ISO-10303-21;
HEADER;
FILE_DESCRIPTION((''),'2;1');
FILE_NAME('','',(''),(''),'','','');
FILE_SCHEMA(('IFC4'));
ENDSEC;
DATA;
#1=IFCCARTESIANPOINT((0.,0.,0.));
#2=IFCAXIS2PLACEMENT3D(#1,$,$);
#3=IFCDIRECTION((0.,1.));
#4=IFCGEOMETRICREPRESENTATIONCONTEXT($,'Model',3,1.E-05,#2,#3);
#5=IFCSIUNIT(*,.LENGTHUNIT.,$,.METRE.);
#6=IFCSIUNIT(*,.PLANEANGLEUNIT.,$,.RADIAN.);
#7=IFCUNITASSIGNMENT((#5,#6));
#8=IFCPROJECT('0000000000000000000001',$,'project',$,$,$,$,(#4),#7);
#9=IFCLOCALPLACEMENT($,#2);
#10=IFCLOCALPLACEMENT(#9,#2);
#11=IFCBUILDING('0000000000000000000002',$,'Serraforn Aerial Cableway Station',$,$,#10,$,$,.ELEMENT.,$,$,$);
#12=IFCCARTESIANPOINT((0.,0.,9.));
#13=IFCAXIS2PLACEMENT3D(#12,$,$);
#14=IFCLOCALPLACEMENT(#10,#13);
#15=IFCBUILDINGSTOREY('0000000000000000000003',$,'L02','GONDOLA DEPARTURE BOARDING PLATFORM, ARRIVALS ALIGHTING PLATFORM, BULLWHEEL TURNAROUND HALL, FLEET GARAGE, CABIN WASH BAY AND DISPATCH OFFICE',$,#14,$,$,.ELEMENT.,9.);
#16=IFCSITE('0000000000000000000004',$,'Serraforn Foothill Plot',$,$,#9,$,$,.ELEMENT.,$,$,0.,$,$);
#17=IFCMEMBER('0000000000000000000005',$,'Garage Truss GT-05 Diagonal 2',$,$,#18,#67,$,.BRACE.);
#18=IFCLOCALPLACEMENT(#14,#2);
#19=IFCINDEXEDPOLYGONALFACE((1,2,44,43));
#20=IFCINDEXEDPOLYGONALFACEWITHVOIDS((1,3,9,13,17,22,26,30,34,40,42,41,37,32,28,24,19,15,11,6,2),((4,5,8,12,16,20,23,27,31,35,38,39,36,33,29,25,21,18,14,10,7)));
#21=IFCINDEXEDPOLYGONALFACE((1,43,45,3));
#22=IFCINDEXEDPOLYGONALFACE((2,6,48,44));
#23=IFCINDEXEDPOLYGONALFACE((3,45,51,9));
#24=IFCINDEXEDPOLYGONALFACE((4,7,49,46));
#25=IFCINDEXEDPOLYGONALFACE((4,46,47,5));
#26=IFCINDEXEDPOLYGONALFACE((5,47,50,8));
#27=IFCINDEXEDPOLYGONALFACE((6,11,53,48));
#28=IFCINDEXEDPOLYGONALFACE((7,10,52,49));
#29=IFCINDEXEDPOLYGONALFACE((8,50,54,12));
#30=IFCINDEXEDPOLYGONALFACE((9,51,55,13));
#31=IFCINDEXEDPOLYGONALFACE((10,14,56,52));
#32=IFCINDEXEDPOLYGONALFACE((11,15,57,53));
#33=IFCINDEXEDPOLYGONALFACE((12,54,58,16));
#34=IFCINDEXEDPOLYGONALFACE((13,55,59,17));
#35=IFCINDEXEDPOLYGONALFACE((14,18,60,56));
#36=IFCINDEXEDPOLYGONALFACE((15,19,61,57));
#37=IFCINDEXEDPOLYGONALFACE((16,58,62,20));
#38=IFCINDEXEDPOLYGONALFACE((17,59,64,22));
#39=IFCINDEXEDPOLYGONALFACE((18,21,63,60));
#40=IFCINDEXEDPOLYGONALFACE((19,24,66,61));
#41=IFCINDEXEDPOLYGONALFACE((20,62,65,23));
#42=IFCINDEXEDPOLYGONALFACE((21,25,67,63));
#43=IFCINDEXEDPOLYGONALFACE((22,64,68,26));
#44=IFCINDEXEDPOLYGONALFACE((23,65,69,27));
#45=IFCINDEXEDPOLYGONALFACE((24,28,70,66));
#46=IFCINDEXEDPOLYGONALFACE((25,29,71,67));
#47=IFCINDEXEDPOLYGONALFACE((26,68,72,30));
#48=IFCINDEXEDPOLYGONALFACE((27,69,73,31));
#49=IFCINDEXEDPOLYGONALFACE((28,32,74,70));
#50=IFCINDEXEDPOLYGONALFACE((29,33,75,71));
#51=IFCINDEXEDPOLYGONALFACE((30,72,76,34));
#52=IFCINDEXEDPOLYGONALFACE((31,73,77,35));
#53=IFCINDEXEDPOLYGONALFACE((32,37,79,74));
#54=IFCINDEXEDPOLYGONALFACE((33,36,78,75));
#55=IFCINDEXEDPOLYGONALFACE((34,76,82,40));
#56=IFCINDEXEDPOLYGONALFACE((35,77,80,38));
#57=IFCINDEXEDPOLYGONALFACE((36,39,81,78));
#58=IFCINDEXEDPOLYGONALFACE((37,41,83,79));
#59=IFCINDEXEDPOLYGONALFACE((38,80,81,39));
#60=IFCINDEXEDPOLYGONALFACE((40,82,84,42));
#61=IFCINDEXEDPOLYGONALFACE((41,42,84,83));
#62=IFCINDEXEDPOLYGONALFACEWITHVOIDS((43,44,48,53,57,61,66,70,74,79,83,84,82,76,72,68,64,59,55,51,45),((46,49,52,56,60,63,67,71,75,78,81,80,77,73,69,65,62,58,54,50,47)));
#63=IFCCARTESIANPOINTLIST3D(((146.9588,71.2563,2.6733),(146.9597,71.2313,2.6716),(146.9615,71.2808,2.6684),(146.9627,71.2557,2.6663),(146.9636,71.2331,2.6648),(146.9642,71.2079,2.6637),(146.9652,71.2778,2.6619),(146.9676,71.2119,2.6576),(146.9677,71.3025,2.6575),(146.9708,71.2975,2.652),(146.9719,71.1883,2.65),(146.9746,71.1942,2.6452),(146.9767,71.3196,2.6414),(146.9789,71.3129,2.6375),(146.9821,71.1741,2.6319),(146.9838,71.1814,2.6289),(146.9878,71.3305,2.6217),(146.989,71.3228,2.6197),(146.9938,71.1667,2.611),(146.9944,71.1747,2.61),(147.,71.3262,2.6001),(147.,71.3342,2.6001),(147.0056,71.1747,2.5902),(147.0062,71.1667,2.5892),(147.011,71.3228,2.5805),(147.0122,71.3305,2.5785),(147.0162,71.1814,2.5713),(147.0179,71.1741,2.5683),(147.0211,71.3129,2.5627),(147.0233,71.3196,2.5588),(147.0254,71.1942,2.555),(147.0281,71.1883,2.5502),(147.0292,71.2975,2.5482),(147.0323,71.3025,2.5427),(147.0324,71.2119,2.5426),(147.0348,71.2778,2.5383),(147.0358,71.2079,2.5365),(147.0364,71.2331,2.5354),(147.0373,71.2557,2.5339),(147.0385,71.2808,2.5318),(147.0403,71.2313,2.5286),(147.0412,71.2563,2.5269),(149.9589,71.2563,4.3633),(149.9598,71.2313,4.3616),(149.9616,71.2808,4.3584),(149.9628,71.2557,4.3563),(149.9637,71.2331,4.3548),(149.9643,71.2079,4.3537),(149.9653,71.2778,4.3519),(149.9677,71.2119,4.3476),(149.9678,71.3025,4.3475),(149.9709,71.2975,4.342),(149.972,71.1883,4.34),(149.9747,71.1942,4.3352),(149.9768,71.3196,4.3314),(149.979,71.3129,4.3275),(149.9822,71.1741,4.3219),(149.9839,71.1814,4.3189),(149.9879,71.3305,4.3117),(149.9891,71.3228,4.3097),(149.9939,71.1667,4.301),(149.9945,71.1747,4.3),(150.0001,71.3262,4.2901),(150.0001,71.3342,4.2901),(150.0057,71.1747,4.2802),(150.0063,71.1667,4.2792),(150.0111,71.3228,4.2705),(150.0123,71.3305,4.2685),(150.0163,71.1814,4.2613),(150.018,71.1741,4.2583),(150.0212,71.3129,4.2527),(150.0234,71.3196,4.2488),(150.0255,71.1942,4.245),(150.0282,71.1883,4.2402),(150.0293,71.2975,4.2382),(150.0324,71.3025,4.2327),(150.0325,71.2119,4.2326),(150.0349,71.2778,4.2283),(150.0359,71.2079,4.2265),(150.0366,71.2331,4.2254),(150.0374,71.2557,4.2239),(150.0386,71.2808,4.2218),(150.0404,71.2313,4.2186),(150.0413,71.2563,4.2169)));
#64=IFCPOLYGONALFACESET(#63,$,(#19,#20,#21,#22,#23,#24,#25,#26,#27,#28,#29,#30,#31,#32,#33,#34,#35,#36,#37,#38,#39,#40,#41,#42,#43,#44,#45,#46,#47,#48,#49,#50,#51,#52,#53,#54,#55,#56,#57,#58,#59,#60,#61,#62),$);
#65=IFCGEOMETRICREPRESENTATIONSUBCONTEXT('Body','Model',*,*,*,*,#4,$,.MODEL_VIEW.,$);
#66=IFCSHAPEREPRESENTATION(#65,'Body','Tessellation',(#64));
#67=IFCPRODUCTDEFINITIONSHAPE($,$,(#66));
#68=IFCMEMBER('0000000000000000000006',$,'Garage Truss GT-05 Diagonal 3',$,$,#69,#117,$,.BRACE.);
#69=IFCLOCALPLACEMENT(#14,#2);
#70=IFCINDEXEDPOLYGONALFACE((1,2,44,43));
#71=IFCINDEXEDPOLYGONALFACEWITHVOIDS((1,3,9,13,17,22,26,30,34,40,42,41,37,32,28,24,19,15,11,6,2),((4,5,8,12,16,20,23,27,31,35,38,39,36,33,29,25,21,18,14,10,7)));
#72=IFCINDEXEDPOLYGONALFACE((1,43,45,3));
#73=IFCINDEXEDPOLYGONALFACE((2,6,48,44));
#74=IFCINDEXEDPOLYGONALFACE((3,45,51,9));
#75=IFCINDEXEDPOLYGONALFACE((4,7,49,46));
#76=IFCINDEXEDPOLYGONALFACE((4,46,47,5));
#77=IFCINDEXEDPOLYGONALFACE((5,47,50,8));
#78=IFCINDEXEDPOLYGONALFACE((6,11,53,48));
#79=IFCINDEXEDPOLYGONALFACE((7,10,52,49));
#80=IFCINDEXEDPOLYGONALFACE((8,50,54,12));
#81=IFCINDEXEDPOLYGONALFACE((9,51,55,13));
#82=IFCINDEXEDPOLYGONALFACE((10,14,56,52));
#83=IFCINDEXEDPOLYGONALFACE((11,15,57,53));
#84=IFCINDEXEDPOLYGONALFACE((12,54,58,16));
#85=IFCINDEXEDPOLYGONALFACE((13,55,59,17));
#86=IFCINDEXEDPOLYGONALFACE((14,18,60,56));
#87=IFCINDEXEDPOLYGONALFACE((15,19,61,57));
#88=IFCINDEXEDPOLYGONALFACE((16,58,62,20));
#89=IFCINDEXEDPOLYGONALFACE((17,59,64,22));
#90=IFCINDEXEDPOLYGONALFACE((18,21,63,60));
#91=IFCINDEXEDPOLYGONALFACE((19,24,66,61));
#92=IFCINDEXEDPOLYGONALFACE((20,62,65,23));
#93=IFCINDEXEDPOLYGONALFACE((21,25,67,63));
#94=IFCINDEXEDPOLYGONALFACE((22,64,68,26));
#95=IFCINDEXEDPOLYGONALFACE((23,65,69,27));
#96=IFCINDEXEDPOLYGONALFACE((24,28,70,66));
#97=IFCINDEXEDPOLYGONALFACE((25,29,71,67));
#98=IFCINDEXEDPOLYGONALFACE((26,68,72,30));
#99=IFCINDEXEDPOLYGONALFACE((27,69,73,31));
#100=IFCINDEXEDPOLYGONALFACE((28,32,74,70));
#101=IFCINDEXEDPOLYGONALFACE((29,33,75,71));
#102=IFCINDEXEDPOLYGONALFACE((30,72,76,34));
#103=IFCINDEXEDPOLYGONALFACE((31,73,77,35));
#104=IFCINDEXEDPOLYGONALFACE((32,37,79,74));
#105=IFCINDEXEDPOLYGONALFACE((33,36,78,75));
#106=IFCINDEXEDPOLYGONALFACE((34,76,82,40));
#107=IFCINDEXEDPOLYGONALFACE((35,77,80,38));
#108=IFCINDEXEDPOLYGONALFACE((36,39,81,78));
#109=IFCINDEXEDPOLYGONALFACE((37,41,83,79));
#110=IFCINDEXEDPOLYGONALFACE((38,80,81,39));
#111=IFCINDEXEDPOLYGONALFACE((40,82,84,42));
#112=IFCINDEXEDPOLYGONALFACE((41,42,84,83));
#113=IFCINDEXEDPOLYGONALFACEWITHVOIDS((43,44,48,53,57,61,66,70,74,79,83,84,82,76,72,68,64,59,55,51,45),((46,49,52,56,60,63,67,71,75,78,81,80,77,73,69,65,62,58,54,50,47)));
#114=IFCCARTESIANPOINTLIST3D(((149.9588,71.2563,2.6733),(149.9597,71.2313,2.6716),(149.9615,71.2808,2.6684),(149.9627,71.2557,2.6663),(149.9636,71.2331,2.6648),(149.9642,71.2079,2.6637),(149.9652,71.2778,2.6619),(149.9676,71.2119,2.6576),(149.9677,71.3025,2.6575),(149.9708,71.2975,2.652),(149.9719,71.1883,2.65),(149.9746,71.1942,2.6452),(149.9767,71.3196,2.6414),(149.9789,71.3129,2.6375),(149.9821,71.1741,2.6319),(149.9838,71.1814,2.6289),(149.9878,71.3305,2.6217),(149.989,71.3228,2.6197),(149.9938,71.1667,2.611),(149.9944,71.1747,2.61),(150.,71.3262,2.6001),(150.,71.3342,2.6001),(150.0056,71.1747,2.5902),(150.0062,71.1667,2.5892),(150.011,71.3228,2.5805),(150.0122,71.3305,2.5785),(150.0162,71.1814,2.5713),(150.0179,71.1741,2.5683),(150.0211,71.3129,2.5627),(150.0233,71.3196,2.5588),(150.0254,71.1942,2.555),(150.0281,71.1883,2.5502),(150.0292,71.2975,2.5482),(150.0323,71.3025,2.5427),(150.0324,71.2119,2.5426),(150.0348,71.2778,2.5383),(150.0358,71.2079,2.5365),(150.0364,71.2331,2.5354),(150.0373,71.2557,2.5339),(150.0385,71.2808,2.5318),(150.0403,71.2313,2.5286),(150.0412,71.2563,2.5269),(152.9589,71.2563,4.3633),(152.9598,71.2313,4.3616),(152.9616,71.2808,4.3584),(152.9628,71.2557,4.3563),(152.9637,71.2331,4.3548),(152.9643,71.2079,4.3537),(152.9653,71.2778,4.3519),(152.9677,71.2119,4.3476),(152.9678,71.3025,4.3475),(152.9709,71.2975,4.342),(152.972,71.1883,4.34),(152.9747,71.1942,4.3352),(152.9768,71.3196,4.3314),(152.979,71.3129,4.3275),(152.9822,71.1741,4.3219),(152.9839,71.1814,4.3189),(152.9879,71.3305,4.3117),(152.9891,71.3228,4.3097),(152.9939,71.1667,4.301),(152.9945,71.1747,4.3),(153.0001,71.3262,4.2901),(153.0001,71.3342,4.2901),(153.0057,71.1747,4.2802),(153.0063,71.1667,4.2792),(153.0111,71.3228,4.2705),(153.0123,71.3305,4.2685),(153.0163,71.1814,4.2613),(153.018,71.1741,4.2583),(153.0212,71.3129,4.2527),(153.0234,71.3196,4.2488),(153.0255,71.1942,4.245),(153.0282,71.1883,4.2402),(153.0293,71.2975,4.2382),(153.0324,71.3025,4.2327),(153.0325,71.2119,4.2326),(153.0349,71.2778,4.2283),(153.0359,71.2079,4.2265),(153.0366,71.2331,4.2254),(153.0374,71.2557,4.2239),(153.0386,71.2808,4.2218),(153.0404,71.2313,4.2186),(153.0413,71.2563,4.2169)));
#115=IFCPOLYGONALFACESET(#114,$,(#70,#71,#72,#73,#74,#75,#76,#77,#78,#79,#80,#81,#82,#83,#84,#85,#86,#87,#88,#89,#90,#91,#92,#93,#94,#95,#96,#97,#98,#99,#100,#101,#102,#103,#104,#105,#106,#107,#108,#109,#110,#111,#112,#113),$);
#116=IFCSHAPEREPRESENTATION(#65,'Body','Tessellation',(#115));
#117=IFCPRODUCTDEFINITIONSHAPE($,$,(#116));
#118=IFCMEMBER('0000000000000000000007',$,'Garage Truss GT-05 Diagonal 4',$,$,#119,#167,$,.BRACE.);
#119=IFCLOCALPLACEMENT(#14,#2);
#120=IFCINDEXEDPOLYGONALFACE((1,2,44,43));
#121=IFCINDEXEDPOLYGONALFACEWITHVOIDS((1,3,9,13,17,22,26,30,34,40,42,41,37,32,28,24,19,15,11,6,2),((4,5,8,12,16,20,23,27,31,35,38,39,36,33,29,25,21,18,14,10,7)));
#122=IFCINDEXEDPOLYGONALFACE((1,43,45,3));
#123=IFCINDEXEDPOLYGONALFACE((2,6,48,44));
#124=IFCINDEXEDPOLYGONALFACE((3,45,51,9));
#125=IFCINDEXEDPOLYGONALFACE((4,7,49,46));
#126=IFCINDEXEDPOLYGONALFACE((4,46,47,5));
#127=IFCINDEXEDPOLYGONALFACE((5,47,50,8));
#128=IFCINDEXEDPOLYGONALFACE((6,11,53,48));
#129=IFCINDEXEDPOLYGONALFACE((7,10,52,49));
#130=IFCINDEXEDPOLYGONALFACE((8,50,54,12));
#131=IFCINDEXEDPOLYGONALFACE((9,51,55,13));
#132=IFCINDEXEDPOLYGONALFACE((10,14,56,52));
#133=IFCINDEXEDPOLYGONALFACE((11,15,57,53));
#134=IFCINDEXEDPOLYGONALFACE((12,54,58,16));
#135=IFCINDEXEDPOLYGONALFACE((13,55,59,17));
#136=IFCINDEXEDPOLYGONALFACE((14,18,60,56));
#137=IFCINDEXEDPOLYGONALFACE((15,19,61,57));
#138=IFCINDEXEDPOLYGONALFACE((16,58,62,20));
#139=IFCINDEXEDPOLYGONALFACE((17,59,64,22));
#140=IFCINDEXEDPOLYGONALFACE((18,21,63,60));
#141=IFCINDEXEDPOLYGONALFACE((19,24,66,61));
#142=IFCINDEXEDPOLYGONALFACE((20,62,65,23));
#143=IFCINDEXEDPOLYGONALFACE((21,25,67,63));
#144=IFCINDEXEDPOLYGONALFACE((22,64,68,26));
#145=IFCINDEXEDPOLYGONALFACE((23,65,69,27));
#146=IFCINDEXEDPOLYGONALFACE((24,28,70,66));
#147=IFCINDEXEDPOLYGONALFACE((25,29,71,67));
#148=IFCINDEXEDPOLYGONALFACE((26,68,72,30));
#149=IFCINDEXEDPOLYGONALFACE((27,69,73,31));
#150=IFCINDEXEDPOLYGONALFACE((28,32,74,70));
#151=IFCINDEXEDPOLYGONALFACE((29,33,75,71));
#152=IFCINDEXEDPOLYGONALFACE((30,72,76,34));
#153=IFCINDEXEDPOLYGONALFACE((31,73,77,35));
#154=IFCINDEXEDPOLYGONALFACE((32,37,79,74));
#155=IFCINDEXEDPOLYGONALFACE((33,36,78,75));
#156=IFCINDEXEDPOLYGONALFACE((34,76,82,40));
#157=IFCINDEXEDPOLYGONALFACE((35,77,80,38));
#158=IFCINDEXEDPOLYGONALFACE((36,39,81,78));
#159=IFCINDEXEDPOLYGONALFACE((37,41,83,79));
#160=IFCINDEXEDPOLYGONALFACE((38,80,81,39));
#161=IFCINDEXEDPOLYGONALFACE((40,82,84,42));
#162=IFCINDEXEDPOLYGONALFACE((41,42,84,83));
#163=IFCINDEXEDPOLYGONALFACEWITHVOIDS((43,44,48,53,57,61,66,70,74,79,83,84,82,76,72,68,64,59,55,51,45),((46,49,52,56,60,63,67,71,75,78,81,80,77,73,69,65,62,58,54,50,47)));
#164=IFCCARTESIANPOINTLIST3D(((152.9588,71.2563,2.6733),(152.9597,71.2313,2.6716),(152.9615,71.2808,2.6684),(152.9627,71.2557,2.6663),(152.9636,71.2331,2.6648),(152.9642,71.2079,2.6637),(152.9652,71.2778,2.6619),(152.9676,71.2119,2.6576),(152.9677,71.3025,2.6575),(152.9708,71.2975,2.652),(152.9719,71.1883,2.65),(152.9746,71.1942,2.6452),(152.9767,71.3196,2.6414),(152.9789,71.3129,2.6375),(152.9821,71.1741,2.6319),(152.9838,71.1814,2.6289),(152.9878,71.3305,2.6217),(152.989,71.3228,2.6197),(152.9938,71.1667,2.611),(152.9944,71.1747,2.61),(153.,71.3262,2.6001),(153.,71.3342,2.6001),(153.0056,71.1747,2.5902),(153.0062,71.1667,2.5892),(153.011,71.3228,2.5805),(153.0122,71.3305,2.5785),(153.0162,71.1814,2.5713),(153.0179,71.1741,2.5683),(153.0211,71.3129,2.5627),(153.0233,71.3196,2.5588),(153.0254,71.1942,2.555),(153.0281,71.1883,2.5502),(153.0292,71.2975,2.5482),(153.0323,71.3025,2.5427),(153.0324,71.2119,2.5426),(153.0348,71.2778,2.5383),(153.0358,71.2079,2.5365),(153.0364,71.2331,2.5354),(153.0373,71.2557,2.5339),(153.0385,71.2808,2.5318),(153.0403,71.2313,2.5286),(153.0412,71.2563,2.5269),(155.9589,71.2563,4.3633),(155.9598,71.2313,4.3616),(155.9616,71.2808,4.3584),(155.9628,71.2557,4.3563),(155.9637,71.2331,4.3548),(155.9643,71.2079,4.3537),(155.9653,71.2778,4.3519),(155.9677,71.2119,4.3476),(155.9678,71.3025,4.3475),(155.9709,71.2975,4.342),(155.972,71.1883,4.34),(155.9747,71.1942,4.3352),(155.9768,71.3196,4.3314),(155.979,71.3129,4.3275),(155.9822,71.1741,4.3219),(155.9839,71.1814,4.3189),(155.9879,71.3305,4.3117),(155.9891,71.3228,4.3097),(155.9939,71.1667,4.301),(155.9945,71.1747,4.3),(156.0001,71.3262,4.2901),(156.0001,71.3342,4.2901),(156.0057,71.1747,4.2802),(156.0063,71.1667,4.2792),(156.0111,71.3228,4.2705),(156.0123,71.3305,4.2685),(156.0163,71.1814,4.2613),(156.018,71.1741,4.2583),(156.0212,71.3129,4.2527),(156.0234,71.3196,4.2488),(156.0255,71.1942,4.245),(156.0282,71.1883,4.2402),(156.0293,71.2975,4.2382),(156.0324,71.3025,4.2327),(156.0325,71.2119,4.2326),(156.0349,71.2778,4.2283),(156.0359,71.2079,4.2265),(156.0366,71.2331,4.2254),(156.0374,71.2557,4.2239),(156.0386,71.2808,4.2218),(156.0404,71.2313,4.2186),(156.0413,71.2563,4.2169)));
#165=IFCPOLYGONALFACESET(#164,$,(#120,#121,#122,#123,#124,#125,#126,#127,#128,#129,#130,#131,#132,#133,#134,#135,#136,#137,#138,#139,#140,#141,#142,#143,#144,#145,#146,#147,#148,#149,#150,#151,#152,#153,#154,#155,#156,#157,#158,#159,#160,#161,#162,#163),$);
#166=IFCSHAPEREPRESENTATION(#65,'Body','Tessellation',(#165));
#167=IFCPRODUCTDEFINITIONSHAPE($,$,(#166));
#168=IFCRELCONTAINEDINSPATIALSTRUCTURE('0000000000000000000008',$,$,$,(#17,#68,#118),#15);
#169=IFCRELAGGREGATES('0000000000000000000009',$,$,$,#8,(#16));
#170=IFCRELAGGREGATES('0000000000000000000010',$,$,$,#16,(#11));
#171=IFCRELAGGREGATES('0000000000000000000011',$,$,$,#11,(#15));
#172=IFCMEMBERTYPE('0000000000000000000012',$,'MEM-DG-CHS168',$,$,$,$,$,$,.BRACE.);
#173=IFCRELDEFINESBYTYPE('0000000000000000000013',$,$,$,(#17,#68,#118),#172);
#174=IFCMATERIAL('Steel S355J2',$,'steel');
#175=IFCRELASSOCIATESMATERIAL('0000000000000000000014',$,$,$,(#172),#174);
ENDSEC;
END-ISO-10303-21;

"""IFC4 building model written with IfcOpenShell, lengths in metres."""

from ifc_helpers import new_model, si_unit, direction, frame, origin, origin_2d, place, context, subcontext, project, spatial, hollow_circle, extrude, material, material_profile, profile_set, type_object, element, save


model = new_model("IFC4")

# Units and contexts
model_context = context("Model", 3, precision=1e-05, world=origin(), true_north=direction((0.0, 1.0)))
body_context = subcontext(model_context, "Body", "Model", "MODEL_VIEW")
ifc_project = project(units=[si_unit("LENGTHUNIT", "METRE"), si_unit("PLANEANGLEUNIT", "RADIAN")], contexts=[model_context])

# Site, building, storey
site_placement = place(None, origin())
site = spatial("IfcSite", under=ifc_project, at=site_placement, Name="Serraforn Foothill Plot", CompositionType="ELEMENT", RefElevation=0.0)
building_placement = place(site_placement, origin())
building = spatial("IfcBuilding", under=site, at=building_placement, Name="Serraforn Aerial Cableway Station", CompositionType="ELEMENT")
storey_placement = place(building_placement, frame((0.0, 0.0, 9.0)))
storey = spatial("IfcBuildingStorey", under=building, at=storey_placement, Name="L02", Description="GONDOLA DEPARTURE BOARDING PLATFORM, ARRIVALS ALIGHTING PLATFORM, BULLWHEEL TURNAROUND HALL, FLEET GARAGE, CABIN WASH BAY AND DISPATCH OFFICE", CompositionType="ELEMENT", Elevation=9.0)

# Members
ifc_material_1 = material(Name="Steel S355J2", Category="steel")
ifc_material_profile_1 = material_profile(ifc_material_1, hollow_circle(Radius=0.0842, WallThickness=0.0081, at=origin_2d()), Name="CHS 168.3x8.0")
ifc_profile_set_1 = profile_set([ifc_material_profile_1], Name="Steel S355J2")
member_type_1 = type_object("IfcMemberType", Name="MEM-DG-CHS168", PredefinedType="BRACE", material=ifc_profile_set_1)
for number, where, z_axis, x_axis, name in (
    (1, (147.0, 71.25, 2.6001), (0.871272, 0.0, 0.4908), (0.0, 1.0, 0.0), "Garage Truss GT-05 Diagonal 2"),
    (2, (150.0, 71.25, 2.6001), (0.871272, 0.0, 0.4908), (0.0, 1.0, 0.0), "Garage Truss GT-05 Diagonal 3"),
    (3, (153.0, 71.25, 2.6001), (0.871272, 0.0, 0.4908), (0.0, 1.0, 0.0), "Garage Truss GT-05 Diagonal 4"),
):
    element("IfcMember", number, at=place(storey_placement, frame(where, z_axis=z_axis, x_axis=x_axis)), inside=storey, type_object=member_type_1, Name=name, PredefinedType="BRACE", context=body_context, shape_type="SweptSolid", body=[
        extrude(hollow_circle(Radius=0.0842, WallThickness=0.0081, at=origin_2d()), origin(), (0.0, 0.0, 1.0), 3.4434),
    ])

save(model, "model.ifc")
